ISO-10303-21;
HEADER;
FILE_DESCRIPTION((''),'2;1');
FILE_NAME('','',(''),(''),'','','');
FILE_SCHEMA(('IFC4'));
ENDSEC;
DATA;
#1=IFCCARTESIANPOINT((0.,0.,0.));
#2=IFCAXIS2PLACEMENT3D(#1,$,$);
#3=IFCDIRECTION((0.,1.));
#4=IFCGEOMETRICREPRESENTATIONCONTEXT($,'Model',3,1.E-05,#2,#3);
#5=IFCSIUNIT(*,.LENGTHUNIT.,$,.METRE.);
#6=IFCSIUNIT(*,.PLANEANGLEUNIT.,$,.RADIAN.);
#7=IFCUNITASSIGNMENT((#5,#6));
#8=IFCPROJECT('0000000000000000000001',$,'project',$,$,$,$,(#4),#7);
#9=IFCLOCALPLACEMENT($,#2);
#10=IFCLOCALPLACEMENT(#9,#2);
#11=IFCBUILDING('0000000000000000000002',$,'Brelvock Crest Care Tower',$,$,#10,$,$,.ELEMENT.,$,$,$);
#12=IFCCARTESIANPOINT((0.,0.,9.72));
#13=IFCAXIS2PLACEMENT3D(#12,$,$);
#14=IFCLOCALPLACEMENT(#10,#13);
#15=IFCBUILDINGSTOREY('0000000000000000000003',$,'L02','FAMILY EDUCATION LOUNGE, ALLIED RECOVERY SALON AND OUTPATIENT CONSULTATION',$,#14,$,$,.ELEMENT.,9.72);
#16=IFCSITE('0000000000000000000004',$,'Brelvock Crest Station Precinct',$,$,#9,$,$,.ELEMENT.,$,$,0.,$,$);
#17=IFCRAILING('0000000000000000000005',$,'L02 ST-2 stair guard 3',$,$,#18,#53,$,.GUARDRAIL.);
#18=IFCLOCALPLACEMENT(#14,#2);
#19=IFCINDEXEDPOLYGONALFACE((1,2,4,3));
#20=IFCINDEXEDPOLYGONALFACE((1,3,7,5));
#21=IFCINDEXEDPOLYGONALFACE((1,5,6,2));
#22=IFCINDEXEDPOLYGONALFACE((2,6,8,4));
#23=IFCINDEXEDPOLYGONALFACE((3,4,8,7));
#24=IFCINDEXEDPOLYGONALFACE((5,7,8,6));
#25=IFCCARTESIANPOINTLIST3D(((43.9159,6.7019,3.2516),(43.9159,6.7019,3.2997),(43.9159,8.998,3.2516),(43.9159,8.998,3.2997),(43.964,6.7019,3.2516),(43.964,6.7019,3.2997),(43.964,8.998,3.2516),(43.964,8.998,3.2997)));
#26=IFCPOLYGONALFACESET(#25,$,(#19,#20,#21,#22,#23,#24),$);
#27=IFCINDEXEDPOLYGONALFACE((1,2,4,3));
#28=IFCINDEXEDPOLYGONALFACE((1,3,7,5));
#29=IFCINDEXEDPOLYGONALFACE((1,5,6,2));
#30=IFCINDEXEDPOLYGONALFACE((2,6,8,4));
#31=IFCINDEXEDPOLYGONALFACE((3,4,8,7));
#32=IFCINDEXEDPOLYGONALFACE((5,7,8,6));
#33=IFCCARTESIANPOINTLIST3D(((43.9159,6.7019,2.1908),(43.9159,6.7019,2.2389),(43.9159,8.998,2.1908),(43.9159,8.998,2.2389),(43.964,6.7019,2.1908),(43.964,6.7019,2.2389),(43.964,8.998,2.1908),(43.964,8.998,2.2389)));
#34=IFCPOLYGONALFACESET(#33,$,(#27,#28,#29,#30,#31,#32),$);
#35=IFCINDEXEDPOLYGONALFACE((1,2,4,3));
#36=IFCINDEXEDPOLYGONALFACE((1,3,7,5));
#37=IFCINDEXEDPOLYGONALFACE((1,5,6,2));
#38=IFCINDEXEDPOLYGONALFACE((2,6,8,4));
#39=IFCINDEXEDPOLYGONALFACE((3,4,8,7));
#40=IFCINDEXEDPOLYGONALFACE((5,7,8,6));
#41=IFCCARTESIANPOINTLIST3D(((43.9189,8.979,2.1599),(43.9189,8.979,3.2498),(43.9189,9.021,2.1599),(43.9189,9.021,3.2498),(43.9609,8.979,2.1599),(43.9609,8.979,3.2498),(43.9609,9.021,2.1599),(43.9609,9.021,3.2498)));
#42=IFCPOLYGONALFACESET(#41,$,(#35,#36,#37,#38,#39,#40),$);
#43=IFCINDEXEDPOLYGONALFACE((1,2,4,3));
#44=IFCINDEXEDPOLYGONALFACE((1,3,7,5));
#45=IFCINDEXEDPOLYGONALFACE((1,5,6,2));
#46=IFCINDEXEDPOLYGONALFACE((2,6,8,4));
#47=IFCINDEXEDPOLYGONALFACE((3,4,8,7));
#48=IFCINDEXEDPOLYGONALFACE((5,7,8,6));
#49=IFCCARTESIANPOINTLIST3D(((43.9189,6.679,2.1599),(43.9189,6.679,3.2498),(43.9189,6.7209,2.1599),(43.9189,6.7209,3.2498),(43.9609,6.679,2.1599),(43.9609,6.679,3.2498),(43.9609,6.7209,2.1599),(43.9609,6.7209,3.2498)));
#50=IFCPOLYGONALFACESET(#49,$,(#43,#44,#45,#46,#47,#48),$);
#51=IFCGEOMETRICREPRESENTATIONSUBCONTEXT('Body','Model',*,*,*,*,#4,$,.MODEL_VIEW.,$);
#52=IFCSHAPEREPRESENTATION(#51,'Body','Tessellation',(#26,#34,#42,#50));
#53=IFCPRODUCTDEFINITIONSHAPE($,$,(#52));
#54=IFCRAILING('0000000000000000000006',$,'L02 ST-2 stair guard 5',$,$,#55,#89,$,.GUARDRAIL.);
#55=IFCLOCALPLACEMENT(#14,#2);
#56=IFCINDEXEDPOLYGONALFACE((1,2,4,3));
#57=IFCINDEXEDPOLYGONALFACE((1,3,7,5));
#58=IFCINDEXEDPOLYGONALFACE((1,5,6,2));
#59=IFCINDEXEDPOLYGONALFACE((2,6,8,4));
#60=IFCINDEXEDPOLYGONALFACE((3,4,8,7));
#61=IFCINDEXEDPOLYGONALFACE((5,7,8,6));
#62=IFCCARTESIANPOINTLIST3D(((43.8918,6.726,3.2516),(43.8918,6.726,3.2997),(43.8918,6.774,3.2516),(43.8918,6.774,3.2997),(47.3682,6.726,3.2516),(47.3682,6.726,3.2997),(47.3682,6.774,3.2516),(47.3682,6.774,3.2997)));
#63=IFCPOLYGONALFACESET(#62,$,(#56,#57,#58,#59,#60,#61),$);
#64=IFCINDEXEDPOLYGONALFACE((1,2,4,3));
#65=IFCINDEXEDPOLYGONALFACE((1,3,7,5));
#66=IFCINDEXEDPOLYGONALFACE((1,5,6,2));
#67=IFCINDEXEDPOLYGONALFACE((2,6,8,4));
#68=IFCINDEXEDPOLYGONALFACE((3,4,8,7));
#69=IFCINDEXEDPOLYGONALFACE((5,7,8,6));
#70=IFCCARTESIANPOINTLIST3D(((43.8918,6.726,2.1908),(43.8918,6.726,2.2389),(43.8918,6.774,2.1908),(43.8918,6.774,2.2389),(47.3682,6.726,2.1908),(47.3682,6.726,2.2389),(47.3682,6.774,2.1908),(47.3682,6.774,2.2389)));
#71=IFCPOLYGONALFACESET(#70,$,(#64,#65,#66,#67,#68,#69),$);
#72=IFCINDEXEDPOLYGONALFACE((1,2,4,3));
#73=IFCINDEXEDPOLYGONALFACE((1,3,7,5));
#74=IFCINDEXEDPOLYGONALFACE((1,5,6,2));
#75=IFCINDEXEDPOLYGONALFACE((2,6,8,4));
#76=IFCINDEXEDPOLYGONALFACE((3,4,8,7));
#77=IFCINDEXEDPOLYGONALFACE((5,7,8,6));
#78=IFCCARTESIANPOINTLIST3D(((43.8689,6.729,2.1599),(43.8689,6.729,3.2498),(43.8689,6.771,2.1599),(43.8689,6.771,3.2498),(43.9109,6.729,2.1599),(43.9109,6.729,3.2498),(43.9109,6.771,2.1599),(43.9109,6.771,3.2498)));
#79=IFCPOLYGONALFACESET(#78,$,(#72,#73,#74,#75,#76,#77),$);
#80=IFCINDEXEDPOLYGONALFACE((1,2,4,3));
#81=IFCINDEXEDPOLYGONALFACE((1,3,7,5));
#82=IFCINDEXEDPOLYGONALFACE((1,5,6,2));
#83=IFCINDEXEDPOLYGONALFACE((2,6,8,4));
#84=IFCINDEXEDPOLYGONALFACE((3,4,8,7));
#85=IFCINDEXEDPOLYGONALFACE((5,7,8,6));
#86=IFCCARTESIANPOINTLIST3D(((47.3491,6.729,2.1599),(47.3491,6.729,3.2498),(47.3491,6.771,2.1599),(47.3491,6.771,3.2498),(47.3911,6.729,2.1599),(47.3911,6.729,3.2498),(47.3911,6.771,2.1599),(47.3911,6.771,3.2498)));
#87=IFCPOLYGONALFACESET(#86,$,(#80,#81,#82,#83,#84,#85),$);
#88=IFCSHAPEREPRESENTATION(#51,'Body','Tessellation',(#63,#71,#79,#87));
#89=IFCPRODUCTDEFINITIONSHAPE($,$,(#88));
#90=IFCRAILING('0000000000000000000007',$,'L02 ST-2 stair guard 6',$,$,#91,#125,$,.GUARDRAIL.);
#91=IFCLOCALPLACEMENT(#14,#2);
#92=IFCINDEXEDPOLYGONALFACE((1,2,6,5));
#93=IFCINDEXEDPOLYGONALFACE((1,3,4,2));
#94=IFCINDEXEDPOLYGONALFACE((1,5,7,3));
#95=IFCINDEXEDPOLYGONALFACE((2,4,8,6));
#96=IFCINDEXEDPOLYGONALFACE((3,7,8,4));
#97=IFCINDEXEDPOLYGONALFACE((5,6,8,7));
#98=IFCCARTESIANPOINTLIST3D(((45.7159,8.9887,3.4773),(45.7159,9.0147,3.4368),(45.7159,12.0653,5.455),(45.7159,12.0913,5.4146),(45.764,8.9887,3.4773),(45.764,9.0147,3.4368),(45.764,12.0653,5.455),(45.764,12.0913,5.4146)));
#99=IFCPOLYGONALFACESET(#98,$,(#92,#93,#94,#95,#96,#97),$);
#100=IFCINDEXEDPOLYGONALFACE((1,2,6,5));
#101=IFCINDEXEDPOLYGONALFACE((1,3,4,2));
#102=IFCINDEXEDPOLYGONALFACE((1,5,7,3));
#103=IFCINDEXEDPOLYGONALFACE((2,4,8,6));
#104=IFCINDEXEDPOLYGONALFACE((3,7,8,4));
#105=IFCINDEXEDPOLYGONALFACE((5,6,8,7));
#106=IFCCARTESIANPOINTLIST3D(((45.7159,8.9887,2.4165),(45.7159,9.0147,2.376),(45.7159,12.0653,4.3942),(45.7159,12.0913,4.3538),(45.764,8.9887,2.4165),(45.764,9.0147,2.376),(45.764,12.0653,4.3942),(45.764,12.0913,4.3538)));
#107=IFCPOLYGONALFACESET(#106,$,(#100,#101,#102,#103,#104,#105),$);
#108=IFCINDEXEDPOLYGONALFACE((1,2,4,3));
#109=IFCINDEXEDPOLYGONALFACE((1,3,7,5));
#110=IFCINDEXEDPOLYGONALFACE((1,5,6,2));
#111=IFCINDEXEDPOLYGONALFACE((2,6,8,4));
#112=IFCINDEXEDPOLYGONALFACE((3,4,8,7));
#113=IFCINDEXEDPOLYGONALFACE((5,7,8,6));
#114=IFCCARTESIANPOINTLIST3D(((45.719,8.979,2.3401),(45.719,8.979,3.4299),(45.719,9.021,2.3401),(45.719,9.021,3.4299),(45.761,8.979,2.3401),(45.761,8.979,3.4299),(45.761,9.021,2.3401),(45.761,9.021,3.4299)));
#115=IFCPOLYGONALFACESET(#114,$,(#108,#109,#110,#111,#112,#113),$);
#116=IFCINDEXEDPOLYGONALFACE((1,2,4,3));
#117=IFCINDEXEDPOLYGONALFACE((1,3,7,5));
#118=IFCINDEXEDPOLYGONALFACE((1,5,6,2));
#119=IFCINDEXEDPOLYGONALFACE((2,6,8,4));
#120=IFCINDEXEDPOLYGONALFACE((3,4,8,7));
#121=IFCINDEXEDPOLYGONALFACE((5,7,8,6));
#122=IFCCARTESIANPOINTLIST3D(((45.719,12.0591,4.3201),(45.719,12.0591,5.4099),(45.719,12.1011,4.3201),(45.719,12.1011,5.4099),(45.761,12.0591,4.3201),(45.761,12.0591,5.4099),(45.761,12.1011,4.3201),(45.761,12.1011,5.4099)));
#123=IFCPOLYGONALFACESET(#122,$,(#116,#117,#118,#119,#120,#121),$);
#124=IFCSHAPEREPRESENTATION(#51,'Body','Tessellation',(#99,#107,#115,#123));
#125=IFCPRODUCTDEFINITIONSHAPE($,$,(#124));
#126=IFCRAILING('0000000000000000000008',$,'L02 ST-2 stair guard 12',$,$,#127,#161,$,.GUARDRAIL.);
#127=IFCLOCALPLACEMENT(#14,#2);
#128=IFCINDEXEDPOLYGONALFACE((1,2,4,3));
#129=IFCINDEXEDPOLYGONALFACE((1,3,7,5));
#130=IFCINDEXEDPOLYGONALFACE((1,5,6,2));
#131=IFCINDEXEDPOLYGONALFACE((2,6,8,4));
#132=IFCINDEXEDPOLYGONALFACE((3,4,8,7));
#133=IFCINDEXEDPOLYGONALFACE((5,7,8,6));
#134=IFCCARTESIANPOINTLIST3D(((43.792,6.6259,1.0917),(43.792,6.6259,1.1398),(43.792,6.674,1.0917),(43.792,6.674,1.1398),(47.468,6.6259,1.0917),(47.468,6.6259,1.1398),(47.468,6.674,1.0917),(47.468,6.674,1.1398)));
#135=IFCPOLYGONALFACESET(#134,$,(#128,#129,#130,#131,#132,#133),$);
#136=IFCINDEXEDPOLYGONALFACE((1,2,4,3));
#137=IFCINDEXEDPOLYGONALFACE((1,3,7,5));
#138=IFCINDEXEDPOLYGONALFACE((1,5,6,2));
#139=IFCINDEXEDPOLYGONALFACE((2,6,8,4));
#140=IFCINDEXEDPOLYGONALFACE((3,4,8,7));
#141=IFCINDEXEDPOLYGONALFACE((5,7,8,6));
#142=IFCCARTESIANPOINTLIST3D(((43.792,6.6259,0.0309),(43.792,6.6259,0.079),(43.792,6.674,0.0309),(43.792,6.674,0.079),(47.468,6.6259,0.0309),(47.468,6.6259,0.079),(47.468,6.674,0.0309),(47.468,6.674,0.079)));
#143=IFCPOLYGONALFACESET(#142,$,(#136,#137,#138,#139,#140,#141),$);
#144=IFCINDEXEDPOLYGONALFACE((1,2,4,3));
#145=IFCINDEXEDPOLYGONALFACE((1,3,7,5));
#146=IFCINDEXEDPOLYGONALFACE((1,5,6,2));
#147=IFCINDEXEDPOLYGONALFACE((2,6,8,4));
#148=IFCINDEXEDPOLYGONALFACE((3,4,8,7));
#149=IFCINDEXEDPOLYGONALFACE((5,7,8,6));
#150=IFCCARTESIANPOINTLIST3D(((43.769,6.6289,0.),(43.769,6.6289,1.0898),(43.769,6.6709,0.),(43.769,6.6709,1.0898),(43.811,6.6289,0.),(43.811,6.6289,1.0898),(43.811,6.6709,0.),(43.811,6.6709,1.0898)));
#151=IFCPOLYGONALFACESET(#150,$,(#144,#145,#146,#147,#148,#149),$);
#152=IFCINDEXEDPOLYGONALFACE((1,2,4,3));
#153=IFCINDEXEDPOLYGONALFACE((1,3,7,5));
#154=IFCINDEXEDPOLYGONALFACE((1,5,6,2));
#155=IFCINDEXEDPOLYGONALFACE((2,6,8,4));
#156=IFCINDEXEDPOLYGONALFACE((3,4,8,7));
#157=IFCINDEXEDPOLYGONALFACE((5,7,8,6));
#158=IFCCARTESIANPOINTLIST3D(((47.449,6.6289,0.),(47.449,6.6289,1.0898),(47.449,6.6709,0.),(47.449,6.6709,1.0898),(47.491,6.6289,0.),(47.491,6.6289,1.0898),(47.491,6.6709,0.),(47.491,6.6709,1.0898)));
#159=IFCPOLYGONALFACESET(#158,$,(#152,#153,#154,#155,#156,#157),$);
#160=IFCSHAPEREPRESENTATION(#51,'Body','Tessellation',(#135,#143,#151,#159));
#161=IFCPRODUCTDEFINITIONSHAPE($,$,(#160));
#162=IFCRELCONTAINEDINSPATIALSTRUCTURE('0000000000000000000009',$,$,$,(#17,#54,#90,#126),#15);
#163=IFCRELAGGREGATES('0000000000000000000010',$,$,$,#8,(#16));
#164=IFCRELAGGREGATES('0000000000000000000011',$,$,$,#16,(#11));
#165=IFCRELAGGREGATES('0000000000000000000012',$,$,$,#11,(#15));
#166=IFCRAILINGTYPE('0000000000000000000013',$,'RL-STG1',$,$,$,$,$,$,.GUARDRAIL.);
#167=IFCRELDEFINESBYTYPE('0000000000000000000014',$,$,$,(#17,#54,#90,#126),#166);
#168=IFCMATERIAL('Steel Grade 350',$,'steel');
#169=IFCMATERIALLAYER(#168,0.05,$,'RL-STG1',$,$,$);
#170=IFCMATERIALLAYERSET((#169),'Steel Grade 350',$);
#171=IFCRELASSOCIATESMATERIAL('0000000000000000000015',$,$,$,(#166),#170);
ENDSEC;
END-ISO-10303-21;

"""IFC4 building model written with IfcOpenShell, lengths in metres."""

from ifc_helpers import new_model, si_unit, direction, frame, origin, origin_2d, place, context, subcontext, project, spatial, rectangle, extrude, material, layer, layer_set, type_object, element, save


model = new_model("IFC4")

# Units and contexts
model_context = context("Model", 3, precision=1e-05, world=origin(), true_north=direction((0.0, 1.0)))
body_context = subcontext(model_context, "Body", "Model", "MODEL_VIEW")
ifc_project = project(units=[si_unit("LENGTHUNIT", "METRE"), si_unit("PLANEANGLEUNIT", "RADIAN")], contexts=[model_context])

# Site, building, storey
site_placement = place(None, origin())
site = spatial("IfcSite", under=ifc_project, at=site_placement, Name="Brelvock Crest Station Precinct", CompositionType="ELEMENT", RefElevation=0.0)
building_placement = place(site_placement, origin())
building = spatial("IfcBuilding", under=site, at=building_placement, Name="Brelvock Crest Care Tower", CompositionType="ELEMENT")
storey_placement = place(building_placement, frame((0.0, 0.0, 9.72)))
storey = spatial("IfcBuildingStorey", under=building, at=storey_placement, Name="L02", Description="FAMILY EDUCATION LOUNGE, ALLIED RECOVERY SALON AND OUTPATIENT CONSULTATION", CompositionType="ELEMENT", Elevation=9.72)

# Shared definitions
ifc_material_1 = material(Name="Steel Grade 350", Category="steel")

# Railings
ifc_layer_1 = layer(ifc_material_1, 0.05, Name="RL-STG1")
ifc_layer_set_1 = layer_set([ifc_layer_1], Name="Steel Grade 350")
railing_type = type_object("IfcRailingType", Name="RL-STG1", PredefinedType="GUARDRAIL", material=ifc_layer_set_1)
railing_1_placement = place(storey_placement, frame((43.9399, 9.0, 2.1599)))
element("IfcRailing", 1, at=railing_1_placement, inside=storey, type_object=railing_type, Name="L02 ST-2 stair guard 3", PredefinedType="GUARDRAIL", context=body_context, shape_type="SweptSolid", body=[
    extrude(rectangle(XDim=0.0481, YDim=0.0481, at=origin_2d()), frame((0.0, -0.002, 1.1157), z_axis=(0.0, -1.0, 0.0), x_axis=(1.0, 0.0, 0.0)), (0.0, 0.0, 1.0), 2.2961),
    extrude(rectangle(XDim=0.0481, YDim=0.0481, at=origin_2d()), frame((0.0, -0.002, 0.0549), z_axis=(0.0, -1.0, 0.0), x_axis=(1.0, 0.0, 0.0)), (0.0, 0.0, 1.0), 2.2961),
    extrude(rectangle(XDim=0.042, YDim=0.042, at=origin_2d()), origin(), (0.0, 0.0, 1.0), 1.0898),
    extrude(rectangle(XDim=0.042, YDim=0.042, at=origin_2d()), frame((0.0, -2.3, 0.0)), (0.0, 0.0, 1.0), 1.0898),
])
railing_2_placement = place(storey_placement, frame((43.8899, 6.75, 2.1599)))
element("IfcRailing", 2, at=railing_2_placement, inside=storey, type_object=railing_type, Name="L02 ST-2 stair guard 5", PredefinedType="GUARDRAIL", context=body_context, shape_type="SweptSolid", body=[
    extrude(rectangle(XDim=0.0481, YDim=0.0481, at=origin_2d()), frame((0.002, 0.0, 1.1157), z_axis=(1.0, 0.0, 0.0), x_axis=(0.0, 1.0, 0.0)), (0.0, 0.0, 1.0), 3.4763),
    extrude(rectangle(XDim=0.0481, YDim=0.0481, at=origin_2d()), frame((0.002, 0.0, 0.0549), z_axis=(1.0, 0.0, 0.0), x_axis=(0.0, 1.0, 0.0)), (0.0, 0.0, 1.0), 3.4763),
    extrude(rectangle(XDim=0.042, YDim=0.042, at=origin_2d()), origin(), (0.0, 0.0, 1.0), 1.0898),
    extrude(rectangle(XDim=0.042, YDim=0.042, at=origin_2d()), frame((3.4802, 0.0, 0.0)), (0.0, 0.0, 1.0), 1.0898),
])
railing_3_placement = place(storey_placement, frame((45.74, 9.0, 2.3401)))
element("IfcRailing", 3, at=railing_3_placement, inside=storey, type_object=railing_type, Name="L02 ST-2 stair guard 6", PredefinedType="GUARDRAIL", context=body_context, shape_type="SweptSolid", body=[
    extrude(rectangle(XDim=0.0481, YDim=0.0481, at=origin_2d()), frame((0.0, 0.0017, 1.1169), z_axis=(0.0, 0.841187, 0.540744), x_axis=(-1.0, 0.0, 0.0)), (0.0, 0.0, 1.0), 3.6575),
    extrude(rectangle(XDim=0.0481, YDim=0.0481, at=origin_2d()), frame((0.0, 0.0017, 0.0562), z_axis=(0.0, 0.841187, 0.540744), x_axis=(-1.0, 0.0, 0.0)), (0.0, 0.0, 1.0), 3.6575),
    extrude(rectangle(XDim=0.042, YDim=0.042, at=origin_2d()), origin(), (0.0, 0.0, 1.0), 1.0898),
    extrude(rectangle(XDim=0.042, YDim=0.042, at=origin_2d()), frame((0.0, 3.0801, 1.98)), (0.0, 0.0, 1.0), 1.0898),
])
railing_4_placement = place(storey_placement, frame((43.79, 6.6499, 0.0)))
element("IfcRailing", 4, at=railing_4_placement, inside=storey, type_object=railing_type, Name="L02 ST-2 stair guard 12", PredefinedType="GUARDRAIL", context=body_context, shape_type="SweptSolid", body=[
    extrude(rectangle(XDim=0.0481, YDim=0.0481, at=origin_2d()), frame((0.002, 0.0, 1.1157), z_axis=(1.0, 0.0, 0.0), x_axis=(0.0, 1.0, 0.0)), (0.0, 0.0, 1.0), 3.676),
    extrude(rectangle(XDim=0.0481, YDim=0.0481, at=origin_2d()), frame((0.002, 0.0, 0.0549), z_axis=(1.0, 0.0, 0.0), x_axis=(0.0, 1.0, 0.0)), (0.0, 0.0, 1.0), 3.676),
    extrude(rectangle(XDim=0.042, YDim=0.042, at=origin_2d()), origin(), (0.0, 0.0, 1.0), 1.0898),
    extrude(rectangle(XDim=0.042, YDim=0.042, at=origin_2d()), frame((3.6799, 0.0, 0.0)), (0.0, 0.0, 1.0), 1.0898),
])

save(model, "model.ifc")
